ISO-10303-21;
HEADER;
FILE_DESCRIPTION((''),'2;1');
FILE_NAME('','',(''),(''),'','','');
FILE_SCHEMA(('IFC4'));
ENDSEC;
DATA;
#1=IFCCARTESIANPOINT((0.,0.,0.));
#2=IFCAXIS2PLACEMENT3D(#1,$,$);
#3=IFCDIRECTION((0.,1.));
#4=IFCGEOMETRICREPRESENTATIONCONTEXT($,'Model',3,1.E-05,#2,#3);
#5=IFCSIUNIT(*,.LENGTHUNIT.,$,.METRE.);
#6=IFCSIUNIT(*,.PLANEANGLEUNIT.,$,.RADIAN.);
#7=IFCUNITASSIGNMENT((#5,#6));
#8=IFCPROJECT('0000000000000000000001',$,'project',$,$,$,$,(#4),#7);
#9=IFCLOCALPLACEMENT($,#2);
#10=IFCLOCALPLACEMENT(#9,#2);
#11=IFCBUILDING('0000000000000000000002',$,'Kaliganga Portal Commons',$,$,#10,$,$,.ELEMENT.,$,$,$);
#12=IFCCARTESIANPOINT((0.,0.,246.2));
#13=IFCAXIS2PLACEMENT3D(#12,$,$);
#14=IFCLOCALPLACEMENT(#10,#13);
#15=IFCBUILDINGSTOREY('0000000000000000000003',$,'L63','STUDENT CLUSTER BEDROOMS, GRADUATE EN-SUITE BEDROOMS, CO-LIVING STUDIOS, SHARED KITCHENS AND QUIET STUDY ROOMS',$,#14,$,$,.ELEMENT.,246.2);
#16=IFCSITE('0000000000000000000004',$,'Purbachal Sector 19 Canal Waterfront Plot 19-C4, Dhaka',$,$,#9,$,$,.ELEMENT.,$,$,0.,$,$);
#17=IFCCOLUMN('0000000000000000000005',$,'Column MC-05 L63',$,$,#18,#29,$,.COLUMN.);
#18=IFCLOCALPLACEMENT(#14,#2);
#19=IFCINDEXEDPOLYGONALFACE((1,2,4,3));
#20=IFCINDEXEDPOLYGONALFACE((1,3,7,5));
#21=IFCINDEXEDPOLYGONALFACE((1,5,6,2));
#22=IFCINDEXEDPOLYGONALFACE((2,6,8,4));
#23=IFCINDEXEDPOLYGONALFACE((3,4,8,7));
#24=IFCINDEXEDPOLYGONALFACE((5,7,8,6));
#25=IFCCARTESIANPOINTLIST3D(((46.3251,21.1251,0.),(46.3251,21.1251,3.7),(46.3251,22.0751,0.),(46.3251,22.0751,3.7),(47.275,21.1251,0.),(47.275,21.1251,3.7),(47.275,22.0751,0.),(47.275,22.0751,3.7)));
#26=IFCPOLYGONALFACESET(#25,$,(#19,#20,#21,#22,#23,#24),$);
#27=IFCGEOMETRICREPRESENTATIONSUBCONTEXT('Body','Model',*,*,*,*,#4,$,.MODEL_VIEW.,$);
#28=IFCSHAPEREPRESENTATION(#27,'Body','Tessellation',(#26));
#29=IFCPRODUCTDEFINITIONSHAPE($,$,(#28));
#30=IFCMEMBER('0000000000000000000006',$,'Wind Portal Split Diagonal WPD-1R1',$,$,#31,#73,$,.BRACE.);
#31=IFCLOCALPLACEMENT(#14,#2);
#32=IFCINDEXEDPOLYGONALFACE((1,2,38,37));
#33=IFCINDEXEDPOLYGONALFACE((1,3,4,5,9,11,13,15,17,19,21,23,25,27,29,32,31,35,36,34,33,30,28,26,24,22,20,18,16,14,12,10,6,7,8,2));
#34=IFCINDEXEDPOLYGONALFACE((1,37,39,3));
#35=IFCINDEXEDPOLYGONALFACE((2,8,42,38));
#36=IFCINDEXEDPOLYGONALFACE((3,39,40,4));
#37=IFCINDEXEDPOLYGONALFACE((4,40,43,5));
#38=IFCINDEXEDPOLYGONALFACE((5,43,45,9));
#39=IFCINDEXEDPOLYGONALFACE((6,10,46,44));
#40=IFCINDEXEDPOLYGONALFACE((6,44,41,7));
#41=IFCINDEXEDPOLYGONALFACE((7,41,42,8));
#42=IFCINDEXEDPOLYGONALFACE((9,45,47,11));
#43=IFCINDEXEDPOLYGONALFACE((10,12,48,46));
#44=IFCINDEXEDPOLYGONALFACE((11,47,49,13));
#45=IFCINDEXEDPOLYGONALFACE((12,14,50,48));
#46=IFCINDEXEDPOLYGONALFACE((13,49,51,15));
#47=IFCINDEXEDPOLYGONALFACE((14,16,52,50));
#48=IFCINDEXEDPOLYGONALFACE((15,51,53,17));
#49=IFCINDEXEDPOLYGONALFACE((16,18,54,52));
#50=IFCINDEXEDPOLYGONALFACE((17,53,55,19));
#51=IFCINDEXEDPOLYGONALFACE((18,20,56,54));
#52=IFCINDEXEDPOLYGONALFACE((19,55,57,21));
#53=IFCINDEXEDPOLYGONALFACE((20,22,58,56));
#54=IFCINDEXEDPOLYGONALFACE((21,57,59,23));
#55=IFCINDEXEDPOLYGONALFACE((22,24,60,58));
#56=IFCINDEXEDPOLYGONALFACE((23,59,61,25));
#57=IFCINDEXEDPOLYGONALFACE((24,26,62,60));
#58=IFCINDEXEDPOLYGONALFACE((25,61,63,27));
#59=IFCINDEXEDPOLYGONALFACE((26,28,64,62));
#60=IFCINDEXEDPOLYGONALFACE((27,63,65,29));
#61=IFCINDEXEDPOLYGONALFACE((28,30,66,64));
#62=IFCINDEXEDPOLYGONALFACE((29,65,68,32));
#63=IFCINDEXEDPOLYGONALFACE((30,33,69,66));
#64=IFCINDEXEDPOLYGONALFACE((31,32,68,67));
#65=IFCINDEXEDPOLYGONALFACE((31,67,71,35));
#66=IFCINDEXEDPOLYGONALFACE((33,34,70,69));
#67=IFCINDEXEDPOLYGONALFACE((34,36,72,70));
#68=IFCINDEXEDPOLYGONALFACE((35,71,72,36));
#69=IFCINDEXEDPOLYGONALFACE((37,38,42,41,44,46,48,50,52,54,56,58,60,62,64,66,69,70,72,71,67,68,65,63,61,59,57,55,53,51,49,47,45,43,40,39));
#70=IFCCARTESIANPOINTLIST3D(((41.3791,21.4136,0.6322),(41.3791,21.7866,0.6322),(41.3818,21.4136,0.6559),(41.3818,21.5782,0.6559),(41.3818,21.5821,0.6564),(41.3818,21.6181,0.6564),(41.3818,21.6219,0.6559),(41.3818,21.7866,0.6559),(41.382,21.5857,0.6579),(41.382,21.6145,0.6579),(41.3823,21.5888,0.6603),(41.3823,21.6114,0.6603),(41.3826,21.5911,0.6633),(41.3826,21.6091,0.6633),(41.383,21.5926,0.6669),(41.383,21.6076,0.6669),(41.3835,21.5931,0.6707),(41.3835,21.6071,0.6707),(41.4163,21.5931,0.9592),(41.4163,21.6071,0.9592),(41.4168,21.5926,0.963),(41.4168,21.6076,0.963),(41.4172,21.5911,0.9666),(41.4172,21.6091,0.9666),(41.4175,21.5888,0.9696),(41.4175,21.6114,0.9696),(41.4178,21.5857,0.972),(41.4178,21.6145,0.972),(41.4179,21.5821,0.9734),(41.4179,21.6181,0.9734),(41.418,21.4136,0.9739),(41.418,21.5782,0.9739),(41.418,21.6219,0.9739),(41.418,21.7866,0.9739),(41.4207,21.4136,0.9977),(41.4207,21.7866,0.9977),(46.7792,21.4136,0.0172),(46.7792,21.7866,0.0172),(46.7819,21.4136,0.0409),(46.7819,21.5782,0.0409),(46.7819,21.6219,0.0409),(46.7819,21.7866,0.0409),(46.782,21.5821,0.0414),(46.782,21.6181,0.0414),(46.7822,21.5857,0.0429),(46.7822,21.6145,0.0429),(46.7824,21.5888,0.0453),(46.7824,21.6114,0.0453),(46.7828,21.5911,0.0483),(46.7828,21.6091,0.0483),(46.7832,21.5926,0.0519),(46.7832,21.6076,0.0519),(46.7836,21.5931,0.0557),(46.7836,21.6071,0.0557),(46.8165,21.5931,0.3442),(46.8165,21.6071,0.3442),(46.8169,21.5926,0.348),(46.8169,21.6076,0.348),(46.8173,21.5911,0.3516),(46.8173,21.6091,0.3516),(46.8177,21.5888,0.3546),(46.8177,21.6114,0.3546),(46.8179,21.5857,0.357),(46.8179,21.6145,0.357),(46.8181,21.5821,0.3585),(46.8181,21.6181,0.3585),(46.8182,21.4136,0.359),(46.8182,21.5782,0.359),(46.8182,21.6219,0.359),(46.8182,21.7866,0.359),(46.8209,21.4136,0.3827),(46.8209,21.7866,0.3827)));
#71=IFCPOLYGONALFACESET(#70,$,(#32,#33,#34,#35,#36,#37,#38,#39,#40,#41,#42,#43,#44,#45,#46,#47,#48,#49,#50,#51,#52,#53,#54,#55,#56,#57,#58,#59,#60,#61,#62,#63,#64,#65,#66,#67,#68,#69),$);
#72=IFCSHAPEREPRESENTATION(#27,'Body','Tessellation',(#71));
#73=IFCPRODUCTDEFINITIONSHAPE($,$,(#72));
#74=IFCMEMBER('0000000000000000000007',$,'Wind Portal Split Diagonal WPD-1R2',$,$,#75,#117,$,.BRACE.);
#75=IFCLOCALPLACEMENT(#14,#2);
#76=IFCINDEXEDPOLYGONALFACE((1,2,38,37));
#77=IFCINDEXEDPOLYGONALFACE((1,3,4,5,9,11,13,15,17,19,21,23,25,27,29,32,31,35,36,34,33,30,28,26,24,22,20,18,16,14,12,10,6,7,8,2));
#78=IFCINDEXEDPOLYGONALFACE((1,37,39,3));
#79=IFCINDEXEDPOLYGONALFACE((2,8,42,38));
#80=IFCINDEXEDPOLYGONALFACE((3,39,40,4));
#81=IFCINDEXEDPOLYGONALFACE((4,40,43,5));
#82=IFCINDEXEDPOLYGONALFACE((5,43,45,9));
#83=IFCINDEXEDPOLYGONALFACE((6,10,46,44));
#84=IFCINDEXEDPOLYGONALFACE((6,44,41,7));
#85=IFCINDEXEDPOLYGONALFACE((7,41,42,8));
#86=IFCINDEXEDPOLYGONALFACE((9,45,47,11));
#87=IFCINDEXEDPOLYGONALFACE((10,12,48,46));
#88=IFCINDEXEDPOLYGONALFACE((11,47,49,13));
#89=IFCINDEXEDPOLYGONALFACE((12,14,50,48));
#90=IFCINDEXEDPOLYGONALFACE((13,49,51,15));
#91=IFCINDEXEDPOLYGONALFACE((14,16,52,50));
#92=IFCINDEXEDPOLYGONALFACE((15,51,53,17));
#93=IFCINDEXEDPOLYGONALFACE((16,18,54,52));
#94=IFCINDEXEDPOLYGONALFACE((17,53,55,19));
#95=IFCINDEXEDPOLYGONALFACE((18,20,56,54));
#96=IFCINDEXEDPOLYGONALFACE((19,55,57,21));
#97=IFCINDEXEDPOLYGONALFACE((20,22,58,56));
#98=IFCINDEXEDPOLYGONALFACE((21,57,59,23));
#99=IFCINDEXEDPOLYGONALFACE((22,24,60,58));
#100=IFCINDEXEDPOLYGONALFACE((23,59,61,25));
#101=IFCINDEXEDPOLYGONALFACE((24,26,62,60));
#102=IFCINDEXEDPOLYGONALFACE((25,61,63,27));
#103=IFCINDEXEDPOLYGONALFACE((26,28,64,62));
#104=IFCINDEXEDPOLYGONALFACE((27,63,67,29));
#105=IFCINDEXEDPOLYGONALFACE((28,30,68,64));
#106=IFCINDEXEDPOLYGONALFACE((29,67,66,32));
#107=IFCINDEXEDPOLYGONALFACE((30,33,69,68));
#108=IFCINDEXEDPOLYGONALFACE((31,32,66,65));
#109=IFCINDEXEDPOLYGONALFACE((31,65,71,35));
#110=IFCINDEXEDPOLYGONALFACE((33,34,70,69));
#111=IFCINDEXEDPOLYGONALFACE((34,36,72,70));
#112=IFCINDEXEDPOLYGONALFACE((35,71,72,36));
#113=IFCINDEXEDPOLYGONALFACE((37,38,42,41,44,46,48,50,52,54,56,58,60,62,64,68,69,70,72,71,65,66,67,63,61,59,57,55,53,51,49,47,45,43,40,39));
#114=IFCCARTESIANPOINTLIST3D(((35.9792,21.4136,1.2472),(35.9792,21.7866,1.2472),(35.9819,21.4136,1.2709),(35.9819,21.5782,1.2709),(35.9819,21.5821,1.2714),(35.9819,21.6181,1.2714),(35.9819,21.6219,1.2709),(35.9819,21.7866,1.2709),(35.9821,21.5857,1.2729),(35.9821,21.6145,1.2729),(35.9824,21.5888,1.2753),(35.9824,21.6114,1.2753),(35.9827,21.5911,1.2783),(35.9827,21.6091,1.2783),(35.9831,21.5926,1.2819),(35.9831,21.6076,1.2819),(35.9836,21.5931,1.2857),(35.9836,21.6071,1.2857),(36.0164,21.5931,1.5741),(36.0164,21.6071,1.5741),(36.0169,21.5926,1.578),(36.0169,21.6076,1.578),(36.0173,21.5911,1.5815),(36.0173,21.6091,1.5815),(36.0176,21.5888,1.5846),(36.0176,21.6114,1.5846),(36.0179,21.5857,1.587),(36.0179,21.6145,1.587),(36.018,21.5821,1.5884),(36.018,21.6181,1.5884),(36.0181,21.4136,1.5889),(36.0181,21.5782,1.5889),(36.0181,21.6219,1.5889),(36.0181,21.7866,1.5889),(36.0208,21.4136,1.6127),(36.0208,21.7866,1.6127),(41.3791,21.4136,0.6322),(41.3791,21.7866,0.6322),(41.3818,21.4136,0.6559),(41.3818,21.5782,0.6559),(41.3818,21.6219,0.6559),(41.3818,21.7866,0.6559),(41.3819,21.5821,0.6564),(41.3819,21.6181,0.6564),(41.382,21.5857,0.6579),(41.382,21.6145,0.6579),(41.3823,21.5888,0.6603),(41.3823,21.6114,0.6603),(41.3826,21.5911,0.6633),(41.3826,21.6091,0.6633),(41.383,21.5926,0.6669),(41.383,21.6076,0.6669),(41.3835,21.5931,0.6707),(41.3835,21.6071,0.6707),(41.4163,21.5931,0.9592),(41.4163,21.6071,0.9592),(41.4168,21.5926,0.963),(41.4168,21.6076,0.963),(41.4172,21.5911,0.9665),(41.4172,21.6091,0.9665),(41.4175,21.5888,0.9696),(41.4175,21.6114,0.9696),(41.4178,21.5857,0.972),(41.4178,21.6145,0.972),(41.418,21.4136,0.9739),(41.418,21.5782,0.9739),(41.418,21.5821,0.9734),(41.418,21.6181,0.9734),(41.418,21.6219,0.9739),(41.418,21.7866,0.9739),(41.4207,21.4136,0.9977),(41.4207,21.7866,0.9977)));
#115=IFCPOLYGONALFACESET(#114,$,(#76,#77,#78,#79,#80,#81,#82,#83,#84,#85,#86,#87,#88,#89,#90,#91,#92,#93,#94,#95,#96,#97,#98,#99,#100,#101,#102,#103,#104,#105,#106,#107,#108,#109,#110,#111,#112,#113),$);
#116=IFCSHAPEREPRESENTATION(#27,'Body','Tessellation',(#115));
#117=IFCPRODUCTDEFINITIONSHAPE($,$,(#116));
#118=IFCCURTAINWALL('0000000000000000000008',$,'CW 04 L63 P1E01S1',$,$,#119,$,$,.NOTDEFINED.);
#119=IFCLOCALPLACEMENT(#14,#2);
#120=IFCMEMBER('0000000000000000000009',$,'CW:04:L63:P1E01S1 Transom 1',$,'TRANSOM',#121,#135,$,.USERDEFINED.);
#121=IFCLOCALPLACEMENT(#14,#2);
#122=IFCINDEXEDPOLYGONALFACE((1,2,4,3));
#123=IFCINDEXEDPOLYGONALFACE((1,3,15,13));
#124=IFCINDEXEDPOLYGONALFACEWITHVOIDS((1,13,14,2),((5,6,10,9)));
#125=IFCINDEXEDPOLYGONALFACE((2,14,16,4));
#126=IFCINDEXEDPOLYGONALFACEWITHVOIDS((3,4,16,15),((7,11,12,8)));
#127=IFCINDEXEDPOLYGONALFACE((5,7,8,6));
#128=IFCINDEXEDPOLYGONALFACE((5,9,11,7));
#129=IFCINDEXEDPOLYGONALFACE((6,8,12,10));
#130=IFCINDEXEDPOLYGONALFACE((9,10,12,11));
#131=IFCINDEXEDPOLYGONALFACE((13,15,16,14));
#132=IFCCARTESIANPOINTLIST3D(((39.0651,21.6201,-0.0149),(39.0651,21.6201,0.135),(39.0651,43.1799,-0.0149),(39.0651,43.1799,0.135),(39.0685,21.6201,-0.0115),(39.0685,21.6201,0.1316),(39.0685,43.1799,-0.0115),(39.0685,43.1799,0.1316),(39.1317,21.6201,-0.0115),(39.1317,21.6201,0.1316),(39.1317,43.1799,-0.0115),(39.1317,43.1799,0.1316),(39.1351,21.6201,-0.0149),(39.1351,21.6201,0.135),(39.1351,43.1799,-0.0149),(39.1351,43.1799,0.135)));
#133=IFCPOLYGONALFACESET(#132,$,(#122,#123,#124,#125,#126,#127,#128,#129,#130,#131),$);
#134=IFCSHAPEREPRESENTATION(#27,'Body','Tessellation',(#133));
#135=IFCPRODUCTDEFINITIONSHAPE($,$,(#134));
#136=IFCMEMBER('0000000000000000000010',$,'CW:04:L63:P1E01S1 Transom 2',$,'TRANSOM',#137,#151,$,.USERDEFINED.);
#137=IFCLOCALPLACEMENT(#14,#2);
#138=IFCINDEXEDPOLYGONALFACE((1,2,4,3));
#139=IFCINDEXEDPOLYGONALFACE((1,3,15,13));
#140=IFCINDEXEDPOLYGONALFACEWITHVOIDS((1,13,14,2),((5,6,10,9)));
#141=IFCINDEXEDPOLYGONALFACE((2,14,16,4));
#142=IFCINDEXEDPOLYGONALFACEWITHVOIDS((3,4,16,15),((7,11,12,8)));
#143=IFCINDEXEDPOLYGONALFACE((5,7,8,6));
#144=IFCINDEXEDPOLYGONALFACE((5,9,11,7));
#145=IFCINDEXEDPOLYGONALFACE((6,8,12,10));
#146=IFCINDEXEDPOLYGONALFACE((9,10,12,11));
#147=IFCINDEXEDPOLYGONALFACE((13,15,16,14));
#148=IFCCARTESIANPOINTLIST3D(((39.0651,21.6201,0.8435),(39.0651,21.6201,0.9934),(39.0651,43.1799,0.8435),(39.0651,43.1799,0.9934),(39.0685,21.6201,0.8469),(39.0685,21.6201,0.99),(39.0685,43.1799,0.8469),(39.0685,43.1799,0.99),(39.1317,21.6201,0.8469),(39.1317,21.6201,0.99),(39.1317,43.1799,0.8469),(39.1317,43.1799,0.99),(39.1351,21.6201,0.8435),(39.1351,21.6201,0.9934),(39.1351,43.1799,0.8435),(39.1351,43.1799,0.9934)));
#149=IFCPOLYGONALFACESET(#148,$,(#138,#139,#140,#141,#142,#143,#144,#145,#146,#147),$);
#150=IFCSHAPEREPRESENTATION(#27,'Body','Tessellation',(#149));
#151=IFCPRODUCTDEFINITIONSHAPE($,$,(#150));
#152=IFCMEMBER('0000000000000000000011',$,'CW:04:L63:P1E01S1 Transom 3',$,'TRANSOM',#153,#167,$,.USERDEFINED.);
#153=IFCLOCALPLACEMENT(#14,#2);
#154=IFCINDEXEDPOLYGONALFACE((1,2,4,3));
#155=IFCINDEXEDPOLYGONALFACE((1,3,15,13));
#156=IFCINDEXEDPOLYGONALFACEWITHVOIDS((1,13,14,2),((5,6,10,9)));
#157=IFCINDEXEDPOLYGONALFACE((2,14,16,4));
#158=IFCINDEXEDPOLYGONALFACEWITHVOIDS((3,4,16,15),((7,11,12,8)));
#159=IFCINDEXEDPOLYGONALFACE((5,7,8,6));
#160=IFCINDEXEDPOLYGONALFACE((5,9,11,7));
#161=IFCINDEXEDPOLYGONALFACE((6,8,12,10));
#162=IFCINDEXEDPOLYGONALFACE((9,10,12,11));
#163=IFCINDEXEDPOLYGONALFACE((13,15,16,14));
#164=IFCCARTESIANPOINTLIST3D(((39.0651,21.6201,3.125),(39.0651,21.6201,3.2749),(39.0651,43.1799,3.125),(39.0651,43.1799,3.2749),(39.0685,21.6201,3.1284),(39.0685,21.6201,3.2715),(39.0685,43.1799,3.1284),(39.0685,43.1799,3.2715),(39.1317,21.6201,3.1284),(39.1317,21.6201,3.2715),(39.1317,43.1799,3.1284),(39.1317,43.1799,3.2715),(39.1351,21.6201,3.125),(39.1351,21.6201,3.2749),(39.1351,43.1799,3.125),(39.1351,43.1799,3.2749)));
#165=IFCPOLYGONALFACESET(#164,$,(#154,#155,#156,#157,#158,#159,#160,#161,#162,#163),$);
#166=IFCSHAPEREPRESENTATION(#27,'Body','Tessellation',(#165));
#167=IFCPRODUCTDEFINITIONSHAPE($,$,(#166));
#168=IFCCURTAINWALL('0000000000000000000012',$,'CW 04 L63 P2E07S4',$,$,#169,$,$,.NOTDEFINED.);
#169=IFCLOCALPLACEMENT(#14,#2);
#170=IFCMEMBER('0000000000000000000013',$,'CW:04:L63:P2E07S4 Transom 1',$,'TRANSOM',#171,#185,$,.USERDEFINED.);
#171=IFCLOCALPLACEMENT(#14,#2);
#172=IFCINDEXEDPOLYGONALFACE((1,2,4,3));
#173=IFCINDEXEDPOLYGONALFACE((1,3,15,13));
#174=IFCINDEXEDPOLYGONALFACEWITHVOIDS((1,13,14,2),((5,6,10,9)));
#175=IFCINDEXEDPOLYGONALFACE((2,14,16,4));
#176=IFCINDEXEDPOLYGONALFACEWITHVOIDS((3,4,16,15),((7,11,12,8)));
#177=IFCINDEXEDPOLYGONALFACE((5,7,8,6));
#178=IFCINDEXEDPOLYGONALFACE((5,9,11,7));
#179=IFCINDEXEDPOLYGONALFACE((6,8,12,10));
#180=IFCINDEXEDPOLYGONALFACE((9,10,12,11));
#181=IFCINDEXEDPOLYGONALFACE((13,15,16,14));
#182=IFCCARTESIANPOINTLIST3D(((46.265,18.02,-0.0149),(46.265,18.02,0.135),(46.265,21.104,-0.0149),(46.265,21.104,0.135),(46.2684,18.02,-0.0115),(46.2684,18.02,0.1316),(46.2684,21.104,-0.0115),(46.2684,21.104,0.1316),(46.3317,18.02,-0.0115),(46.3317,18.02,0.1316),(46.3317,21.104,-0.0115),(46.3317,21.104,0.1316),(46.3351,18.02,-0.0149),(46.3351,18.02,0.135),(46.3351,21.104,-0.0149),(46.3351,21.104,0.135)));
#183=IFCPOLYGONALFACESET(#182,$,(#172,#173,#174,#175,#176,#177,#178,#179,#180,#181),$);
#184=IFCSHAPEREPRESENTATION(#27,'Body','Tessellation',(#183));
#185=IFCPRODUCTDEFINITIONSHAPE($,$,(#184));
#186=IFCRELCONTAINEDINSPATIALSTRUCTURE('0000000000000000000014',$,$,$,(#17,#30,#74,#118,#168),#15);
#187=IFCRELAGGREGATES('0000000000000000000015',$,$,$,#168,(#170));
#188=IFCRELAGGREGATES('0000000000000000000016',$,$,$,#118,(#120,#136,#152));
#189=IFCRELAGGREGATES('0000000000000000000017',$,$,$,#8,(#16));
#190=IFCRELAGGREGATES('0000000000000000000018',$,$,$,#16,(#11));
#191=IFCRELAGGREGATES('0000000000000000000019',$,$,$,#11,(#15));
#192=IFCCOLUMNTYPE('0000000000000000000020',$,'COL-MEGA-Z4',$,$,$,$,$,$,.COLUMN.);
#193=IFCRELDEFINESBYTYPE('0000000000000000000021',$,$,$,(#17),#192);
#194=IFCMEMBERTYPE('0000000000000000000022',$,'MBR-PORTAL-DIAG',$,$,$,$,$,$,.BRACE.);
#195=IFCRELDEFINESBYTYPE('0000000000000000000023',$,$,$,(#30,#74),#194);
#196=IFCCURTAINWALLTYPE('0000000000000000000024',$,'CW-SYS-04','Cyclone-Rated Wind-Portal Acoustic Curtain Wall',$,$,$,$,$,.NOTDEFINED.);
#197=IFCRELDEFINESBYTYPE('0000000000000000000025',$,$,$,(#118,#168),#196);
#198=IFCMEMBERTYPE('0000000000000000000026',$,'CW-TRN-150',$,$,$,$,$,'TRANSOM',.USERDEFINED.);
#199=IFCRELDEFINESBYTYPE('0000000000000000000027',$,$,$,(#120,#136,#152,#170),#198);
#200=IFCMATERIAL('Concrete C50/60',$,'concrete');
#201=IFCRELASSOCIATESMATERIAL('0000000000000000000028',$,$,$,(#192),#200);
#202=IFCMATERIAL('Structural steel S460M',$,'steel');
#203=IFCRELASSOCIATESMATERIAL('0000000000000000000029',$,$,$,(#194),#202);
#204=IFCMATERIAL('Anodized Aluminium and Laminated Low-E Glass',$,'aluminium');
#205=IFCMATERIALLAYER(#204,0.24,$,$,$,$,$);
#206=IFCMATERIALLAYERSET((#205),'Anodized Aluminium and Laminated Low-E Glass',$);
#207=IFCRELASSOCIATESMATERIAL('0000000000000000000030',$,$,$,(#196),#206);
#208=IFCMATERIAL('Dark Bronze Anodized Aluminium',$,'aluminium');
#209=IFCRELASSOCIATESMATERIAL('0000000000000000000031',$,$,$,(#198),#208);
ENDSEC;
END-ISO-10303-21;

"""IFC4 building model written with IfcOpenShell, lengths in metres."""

from ifc_helpers import new_model, si_unit, direction, frame, origin, origin_2d, place, context, subcontext, project, spatial, rectangle, hollow_rectangle, i_section, extrude, source, transform, mapped, material, layer, layer_set, material_profile, profile_set, type_object, element, aggregate, save


model = new_model("IFC4")

# Units and contexts
model_context = context("Model", 3, precision=1e-05, world=origin(), true_north=direction((0.0, 1.0)))
body_context = subcontext(model_context, "Body", "Model", "MODEL_VIEW")
ifc_project = project(units=[si_unit("LENGTHUNIT", "METRE"), si_unit("PLANEANGLEUNIT", "RADIAN")], contexts=[model_context])

# Site, building, storey
site_placement = place(None, origin())
site = spatial("IfcSite", under=ifc_project, at=site_placement, Name="Purbachal Sector 19 Canal Waterfront Plot 19-C4, Dhaka", CompositionType="ELEMENT", RefElevation=0.0)
building_placement = place(site_placement, origin())
building = spatial("IfcBuilding", under=site, at=building_placement, Name="Kaliganga Portal Commons", CompositionType="ELEMENT")
storey_placement = place(building_placement, frame((0.0, 0.0, 246.2)))
storey = spatial("IfcBuildingStorey", under=building, at=storey_placement, Name="L63", Description="STUDENT CLUSTER BEDROOMS, GRADUATE EN-SUITE BEDROOMS, CO-LIVING STUDIOS, SHARED KITCHENS AND QUIET STUDY ROOMS", CompositionType="ELEMENT", Elevation=246.2)

# Column
ifc_material_1 = material(Name="Concrete C50/60", Category="concrete")
ifc_material_profile_1 = material_profile(ifc_material_1, rectangle(XDim=0.95, YDim=0.95, at=origin_2d()), Name="RC 950x950")
ifc_profile_set_1 = profile_set([ifc_material_profile_1], Name="Concrete C50/60")
column_type = type_object("IfcColumnType", Name="COL-MEGA-Z4", PredefinedType="COLUMN", material=ifc_profile_set_1)
shared_shape_1 = source(origin(), body_context, "Body", "SweptSolid", [
    extrude(rectangle(XDim=0.95, YDim=0.95, at=origin_2d()), origin(), (0.0, 0.0, 1.0), 3.7),
])
column_placement = place(storey_placement, frame((46.8, 21.6001, 0.0), z_axis=(0.0, 0.0, 1.0), x_axis=(1.0, 0.0, 0.0)))
element("IfcColumn", 1, at=column_placement, inside=storey, type_object=column_type, Name="Column MC-05 L63", PredefinedType="COLUMN", context=body_context, shape_type="MappedRepresentation", body=[
    mapped(shared_shape_1, transform((0.0, 0.0, 0.0), x_axis=(1.0, 0.0, 0.0), y_axis=(0.0, 1.0, 0.0), z_axis=(0.0, 0.0, 1.0), scale=1.0)),
])

# Members
ifc_material_2 = material(Name="Structural steel S460M", Category="steel")
ifc_material_profile_2 = material_profile(ifc_material_2, i_section(OverallWidth=0.373, OverallDepth=0.3679, WebThickness=0.0139, FlangeThickness=0.0239, FilletRadius=0.0149, at=origin_2d()), Name="HD 360x179")
ifc_profile_set_2 = profile_set([ifc_material_profile_2], Name="Structural steel S460M wide-flange")
member_type_1 = type_object("IfcMemberType", Name="MBR-PORTAL-DIAG", PredefinedType="BRACE", material=ifc_profile_set_2)
shared_shape_2 = source(origin(), body_context, "Body", "SweptSolid", [
    extrude(i_section(OverallWidth=0.373, OverallDepth=0.3679, WebThickness=0.0139, FlangeThickness=0.0239, FilletRadius=0.0149, at=origin_2d()), origin(), (0.0, 0.0, 1.0), 5.4351),
])
member_1_placement = place(storey_placement, frame((46.8, 21.6001, 0.2), z_axis=(-0.993578, 0.0, 0.113153), x_axis=(0.0, -1.0, 0.0)))
element("IfcMember", 2, at=member_1_placement, inside=storey, type_object=member_type_1, Name="Wind Portal Split Diagonal WPD-1R1", PredefinedType="BRACE", context=body_context, shape_type="MappedRepresentation", body=[
    mapped(shared_shape_2, transform((0.0, 0.0, 0.0), x_axis=(1.0, 0.0, 0.0), y_axis=(0.0, 1.0, 0.0), z_axis=(0.0, 0.0, 1.0), scale=1.0)),
])
shared_shape_3 = source(origin(), body_context, "Body", "SweptSolid", [
    extrude(i_section(OverallWidth=0.373, OverallDepth=0.3679, WebThickness=0.0139, FlangeThickness=0.0239, FilletRadius=0.0149, at=origin_2d()), origin(), (0.0, 0.0, 1.0), 5.4348),
])
member_2_placement = place(storey_placement, frame((41.3999, 21.6001, 0.8149), z_axis=(-0.993577, 0.0, 0.113158), x_axis=(0.0, -1.0, 0.0)))
element("IfcMember", 3, at=member_2_placement, inside=storey, type_object=member_type_1, Name="Wind Portal Split Diagonal WPD-1R2", PredefinedType="BRACE", context=body_context, shape_type="MappedRepresentation", body=[
    mapped(shared_shape_3, transform((0.0, 0.0, 0.0), x_axis=(1.0, 0.0, 0.0), y_axis=(0.0, 1.0, 0.0), z_axis=(0.0, 0.0, 1.0), scale=1.0)),
])

# Curtain walls, members
ifc_material_3 = material(Name="Anodized Aluminium and Laminated Low-E Glass", Category="aluminium")
ifc_layer_1 = layer(ifc_material_3, 0.24)
ifc_layer_set_1 = layer_set([ifc_layer_1], Name="Anodized Aluminium and Laminated Low-E Glass")
curtain_wall_type = type_object("IfcCurtainWallType", Name="CW-SYS-04", Description="Cyclone-Rated Wind-Portal Acoustic Curtain Wall", PredefinedType="NOTDEFINED", material=ifc_layer_set_1)
curtain_wall_1_placement = place(storey_placement, origin())
curtain_wall_1 = element("IfcCurtainWall", 4, at=curtain_wall_1_placement, inside=storey, type_object=curtain_wall_type, Name="CW 04 L63 P1E01S1", PredefinedType="NOTDEFINED")
ifc_material_4 = material(Name="Dark Bronze Anodized Aluminium", Category="aluminium")
ifc_material_profile_3 = material_profile(ifc_material_4, hollow_rectangle(XDim=0.0701, YDim=0.1499, WallThickness=0.0034, at=origin_2d()), Name="ALU TRAN 70x150x3.5")
ifc_profile_set_3 = profile_set([ifc_material_profile_3], Name="Dark Bronze Anodized Aluminium")
member_type_2 = type_object("IfcMemberType", Name="CW-TRN-150", ElementType="TRANSOM", PredefinedType="USERDEFINED", material=ifc_profile_set_3)
shared_shape_4 = source(origin(), body_context, "Body", "SweptSolid", [
    extrude(hollow_rectangle(XDim=0.0701, YDim=0.1499, WallThickness=0.0034, at=origin_2d()), origin(), (0.0, 0.0, 1.0), 21.5598),
])
member_3_placement = place(storey_placement, frame((39.1001, 21.6201, 0.0601), z_axis=(0.0, 1.0, 0.0), x_axis=(-1.0, 0.0, 0.0)))
member_3 = element("IfcMember", 5, at=member_3_placement, type_object=member_type_2, Name="CW:04:L63:P1E01S1 Transom 1", ObjectType="TRANSOM", PredefinedType="USERDEFINED", context=body_context, shape_type="MappedRepresentation", body=[
    mapped(shared_shape_4, transform((0.0, 0.0, 0.0), x_axis=(1.0, 0.0, 0.0), y_axis=(0.0, 1.0, 0.0), z_axis=(0.0, 0.0, 1.0), scale=1.0)),
])
member_4_placement = place(storey_placement, frame((39.1001, 21.6201, 0.9185), z_axis=(0.0, 1.0, 0.0), x_axis=(-1.0, 0.0, 0.0)))
member_4 = element("IfcMember", 6, at=member_4_placement, type_object=member_type_2, Name="CW:04:L63:P1E01S1 Transom 2", ObjectType="TRANSOM", PredefinedType="USERDEFINED", context=body_context, shape_type="MappedRepresentation", body=[
    mapped(shared_shape_4, transform((0.0, 0.0, 0.0), x_axis=(1.0, 0.0, 0.0), y_axis=(0.0, 1.0, 0.0), z_axis=(0.0, 0.0, 1.0), scale=1.0)),
])
member_5_placement = place(storey_placement, frame((39.1001, 21.6201, 3.2), z_axis=(0.0, 1.0, 0.0), x_axis=(-1.0, 0.0, 0.0)))
member_5 = element("IfcMember", 7, at=member_5_placement, type_object=member_type_2, Name="CW:04:L63:P1E01S1 Transom 3", ObjectType="TRANSOM", PredefinedType="USERDEFINED", context=body_context, shape_type="MappedRepresentation", body=[
    mapped(shared_shape_4, transform((0.0, 0.0, 0.0), x_axis=(1.0, 0.0, 0.0), y_axis=(0.0, 1.0, 0.0), z_axis=(0.0, 0.0, 1.0), scale=1.0)),
])
curtain_wall_2_placement = place(storey_placement, origin())
curtain_wall_2 = element("IfcCurtainWall", 8, at=curtain_wall_2_placement, inside=storey, type_object=curtain_wall_type, Name="CW 04 L63 P2E07S4", PredefinedType="NOTDEFINED")
shared_shape_5 = source(origin(), body_context, "Body", "SweptSolid", [
    extrude(hollow_rectangle(XDim=0.0701, YDim=0.1499, WallThickness=0.0034, at=origin_2d()), origin(), (0.0, 0.0, 1.0), 3.084),
])
member_6_placement = place(storey_placement, frame((46.3, 21.104, 0.0601), z_axis=(0.0, -1.0, 0.0), x_axis=(1.0, 0.0, 0.0)))
member_6 = element("IfcMember", 9, at=member_6_placement, type_object=member_type_2, Name="CW:04:L63:P2E07S4 Transom 1", ObjectType="TRANSOM", PredefinedType="USERDEFINED", context=body_context, shape_type="MappedRepresentation", body=[
    mapped(shared_shape_5, transform((0.0, 0.0, 0.0), x_axis=(1.0, 0.0, 0.0), y_axis=(0.0, 1.0, 0.0), z_axis=(0.0, 0.0, 1.0), scale=1.0)),
])

aggregate(curtain_wall_2, [member_6])

aggregate(curtain_wall_1, [member_3, member_4, member_5])

save(model, "model.ifc")
